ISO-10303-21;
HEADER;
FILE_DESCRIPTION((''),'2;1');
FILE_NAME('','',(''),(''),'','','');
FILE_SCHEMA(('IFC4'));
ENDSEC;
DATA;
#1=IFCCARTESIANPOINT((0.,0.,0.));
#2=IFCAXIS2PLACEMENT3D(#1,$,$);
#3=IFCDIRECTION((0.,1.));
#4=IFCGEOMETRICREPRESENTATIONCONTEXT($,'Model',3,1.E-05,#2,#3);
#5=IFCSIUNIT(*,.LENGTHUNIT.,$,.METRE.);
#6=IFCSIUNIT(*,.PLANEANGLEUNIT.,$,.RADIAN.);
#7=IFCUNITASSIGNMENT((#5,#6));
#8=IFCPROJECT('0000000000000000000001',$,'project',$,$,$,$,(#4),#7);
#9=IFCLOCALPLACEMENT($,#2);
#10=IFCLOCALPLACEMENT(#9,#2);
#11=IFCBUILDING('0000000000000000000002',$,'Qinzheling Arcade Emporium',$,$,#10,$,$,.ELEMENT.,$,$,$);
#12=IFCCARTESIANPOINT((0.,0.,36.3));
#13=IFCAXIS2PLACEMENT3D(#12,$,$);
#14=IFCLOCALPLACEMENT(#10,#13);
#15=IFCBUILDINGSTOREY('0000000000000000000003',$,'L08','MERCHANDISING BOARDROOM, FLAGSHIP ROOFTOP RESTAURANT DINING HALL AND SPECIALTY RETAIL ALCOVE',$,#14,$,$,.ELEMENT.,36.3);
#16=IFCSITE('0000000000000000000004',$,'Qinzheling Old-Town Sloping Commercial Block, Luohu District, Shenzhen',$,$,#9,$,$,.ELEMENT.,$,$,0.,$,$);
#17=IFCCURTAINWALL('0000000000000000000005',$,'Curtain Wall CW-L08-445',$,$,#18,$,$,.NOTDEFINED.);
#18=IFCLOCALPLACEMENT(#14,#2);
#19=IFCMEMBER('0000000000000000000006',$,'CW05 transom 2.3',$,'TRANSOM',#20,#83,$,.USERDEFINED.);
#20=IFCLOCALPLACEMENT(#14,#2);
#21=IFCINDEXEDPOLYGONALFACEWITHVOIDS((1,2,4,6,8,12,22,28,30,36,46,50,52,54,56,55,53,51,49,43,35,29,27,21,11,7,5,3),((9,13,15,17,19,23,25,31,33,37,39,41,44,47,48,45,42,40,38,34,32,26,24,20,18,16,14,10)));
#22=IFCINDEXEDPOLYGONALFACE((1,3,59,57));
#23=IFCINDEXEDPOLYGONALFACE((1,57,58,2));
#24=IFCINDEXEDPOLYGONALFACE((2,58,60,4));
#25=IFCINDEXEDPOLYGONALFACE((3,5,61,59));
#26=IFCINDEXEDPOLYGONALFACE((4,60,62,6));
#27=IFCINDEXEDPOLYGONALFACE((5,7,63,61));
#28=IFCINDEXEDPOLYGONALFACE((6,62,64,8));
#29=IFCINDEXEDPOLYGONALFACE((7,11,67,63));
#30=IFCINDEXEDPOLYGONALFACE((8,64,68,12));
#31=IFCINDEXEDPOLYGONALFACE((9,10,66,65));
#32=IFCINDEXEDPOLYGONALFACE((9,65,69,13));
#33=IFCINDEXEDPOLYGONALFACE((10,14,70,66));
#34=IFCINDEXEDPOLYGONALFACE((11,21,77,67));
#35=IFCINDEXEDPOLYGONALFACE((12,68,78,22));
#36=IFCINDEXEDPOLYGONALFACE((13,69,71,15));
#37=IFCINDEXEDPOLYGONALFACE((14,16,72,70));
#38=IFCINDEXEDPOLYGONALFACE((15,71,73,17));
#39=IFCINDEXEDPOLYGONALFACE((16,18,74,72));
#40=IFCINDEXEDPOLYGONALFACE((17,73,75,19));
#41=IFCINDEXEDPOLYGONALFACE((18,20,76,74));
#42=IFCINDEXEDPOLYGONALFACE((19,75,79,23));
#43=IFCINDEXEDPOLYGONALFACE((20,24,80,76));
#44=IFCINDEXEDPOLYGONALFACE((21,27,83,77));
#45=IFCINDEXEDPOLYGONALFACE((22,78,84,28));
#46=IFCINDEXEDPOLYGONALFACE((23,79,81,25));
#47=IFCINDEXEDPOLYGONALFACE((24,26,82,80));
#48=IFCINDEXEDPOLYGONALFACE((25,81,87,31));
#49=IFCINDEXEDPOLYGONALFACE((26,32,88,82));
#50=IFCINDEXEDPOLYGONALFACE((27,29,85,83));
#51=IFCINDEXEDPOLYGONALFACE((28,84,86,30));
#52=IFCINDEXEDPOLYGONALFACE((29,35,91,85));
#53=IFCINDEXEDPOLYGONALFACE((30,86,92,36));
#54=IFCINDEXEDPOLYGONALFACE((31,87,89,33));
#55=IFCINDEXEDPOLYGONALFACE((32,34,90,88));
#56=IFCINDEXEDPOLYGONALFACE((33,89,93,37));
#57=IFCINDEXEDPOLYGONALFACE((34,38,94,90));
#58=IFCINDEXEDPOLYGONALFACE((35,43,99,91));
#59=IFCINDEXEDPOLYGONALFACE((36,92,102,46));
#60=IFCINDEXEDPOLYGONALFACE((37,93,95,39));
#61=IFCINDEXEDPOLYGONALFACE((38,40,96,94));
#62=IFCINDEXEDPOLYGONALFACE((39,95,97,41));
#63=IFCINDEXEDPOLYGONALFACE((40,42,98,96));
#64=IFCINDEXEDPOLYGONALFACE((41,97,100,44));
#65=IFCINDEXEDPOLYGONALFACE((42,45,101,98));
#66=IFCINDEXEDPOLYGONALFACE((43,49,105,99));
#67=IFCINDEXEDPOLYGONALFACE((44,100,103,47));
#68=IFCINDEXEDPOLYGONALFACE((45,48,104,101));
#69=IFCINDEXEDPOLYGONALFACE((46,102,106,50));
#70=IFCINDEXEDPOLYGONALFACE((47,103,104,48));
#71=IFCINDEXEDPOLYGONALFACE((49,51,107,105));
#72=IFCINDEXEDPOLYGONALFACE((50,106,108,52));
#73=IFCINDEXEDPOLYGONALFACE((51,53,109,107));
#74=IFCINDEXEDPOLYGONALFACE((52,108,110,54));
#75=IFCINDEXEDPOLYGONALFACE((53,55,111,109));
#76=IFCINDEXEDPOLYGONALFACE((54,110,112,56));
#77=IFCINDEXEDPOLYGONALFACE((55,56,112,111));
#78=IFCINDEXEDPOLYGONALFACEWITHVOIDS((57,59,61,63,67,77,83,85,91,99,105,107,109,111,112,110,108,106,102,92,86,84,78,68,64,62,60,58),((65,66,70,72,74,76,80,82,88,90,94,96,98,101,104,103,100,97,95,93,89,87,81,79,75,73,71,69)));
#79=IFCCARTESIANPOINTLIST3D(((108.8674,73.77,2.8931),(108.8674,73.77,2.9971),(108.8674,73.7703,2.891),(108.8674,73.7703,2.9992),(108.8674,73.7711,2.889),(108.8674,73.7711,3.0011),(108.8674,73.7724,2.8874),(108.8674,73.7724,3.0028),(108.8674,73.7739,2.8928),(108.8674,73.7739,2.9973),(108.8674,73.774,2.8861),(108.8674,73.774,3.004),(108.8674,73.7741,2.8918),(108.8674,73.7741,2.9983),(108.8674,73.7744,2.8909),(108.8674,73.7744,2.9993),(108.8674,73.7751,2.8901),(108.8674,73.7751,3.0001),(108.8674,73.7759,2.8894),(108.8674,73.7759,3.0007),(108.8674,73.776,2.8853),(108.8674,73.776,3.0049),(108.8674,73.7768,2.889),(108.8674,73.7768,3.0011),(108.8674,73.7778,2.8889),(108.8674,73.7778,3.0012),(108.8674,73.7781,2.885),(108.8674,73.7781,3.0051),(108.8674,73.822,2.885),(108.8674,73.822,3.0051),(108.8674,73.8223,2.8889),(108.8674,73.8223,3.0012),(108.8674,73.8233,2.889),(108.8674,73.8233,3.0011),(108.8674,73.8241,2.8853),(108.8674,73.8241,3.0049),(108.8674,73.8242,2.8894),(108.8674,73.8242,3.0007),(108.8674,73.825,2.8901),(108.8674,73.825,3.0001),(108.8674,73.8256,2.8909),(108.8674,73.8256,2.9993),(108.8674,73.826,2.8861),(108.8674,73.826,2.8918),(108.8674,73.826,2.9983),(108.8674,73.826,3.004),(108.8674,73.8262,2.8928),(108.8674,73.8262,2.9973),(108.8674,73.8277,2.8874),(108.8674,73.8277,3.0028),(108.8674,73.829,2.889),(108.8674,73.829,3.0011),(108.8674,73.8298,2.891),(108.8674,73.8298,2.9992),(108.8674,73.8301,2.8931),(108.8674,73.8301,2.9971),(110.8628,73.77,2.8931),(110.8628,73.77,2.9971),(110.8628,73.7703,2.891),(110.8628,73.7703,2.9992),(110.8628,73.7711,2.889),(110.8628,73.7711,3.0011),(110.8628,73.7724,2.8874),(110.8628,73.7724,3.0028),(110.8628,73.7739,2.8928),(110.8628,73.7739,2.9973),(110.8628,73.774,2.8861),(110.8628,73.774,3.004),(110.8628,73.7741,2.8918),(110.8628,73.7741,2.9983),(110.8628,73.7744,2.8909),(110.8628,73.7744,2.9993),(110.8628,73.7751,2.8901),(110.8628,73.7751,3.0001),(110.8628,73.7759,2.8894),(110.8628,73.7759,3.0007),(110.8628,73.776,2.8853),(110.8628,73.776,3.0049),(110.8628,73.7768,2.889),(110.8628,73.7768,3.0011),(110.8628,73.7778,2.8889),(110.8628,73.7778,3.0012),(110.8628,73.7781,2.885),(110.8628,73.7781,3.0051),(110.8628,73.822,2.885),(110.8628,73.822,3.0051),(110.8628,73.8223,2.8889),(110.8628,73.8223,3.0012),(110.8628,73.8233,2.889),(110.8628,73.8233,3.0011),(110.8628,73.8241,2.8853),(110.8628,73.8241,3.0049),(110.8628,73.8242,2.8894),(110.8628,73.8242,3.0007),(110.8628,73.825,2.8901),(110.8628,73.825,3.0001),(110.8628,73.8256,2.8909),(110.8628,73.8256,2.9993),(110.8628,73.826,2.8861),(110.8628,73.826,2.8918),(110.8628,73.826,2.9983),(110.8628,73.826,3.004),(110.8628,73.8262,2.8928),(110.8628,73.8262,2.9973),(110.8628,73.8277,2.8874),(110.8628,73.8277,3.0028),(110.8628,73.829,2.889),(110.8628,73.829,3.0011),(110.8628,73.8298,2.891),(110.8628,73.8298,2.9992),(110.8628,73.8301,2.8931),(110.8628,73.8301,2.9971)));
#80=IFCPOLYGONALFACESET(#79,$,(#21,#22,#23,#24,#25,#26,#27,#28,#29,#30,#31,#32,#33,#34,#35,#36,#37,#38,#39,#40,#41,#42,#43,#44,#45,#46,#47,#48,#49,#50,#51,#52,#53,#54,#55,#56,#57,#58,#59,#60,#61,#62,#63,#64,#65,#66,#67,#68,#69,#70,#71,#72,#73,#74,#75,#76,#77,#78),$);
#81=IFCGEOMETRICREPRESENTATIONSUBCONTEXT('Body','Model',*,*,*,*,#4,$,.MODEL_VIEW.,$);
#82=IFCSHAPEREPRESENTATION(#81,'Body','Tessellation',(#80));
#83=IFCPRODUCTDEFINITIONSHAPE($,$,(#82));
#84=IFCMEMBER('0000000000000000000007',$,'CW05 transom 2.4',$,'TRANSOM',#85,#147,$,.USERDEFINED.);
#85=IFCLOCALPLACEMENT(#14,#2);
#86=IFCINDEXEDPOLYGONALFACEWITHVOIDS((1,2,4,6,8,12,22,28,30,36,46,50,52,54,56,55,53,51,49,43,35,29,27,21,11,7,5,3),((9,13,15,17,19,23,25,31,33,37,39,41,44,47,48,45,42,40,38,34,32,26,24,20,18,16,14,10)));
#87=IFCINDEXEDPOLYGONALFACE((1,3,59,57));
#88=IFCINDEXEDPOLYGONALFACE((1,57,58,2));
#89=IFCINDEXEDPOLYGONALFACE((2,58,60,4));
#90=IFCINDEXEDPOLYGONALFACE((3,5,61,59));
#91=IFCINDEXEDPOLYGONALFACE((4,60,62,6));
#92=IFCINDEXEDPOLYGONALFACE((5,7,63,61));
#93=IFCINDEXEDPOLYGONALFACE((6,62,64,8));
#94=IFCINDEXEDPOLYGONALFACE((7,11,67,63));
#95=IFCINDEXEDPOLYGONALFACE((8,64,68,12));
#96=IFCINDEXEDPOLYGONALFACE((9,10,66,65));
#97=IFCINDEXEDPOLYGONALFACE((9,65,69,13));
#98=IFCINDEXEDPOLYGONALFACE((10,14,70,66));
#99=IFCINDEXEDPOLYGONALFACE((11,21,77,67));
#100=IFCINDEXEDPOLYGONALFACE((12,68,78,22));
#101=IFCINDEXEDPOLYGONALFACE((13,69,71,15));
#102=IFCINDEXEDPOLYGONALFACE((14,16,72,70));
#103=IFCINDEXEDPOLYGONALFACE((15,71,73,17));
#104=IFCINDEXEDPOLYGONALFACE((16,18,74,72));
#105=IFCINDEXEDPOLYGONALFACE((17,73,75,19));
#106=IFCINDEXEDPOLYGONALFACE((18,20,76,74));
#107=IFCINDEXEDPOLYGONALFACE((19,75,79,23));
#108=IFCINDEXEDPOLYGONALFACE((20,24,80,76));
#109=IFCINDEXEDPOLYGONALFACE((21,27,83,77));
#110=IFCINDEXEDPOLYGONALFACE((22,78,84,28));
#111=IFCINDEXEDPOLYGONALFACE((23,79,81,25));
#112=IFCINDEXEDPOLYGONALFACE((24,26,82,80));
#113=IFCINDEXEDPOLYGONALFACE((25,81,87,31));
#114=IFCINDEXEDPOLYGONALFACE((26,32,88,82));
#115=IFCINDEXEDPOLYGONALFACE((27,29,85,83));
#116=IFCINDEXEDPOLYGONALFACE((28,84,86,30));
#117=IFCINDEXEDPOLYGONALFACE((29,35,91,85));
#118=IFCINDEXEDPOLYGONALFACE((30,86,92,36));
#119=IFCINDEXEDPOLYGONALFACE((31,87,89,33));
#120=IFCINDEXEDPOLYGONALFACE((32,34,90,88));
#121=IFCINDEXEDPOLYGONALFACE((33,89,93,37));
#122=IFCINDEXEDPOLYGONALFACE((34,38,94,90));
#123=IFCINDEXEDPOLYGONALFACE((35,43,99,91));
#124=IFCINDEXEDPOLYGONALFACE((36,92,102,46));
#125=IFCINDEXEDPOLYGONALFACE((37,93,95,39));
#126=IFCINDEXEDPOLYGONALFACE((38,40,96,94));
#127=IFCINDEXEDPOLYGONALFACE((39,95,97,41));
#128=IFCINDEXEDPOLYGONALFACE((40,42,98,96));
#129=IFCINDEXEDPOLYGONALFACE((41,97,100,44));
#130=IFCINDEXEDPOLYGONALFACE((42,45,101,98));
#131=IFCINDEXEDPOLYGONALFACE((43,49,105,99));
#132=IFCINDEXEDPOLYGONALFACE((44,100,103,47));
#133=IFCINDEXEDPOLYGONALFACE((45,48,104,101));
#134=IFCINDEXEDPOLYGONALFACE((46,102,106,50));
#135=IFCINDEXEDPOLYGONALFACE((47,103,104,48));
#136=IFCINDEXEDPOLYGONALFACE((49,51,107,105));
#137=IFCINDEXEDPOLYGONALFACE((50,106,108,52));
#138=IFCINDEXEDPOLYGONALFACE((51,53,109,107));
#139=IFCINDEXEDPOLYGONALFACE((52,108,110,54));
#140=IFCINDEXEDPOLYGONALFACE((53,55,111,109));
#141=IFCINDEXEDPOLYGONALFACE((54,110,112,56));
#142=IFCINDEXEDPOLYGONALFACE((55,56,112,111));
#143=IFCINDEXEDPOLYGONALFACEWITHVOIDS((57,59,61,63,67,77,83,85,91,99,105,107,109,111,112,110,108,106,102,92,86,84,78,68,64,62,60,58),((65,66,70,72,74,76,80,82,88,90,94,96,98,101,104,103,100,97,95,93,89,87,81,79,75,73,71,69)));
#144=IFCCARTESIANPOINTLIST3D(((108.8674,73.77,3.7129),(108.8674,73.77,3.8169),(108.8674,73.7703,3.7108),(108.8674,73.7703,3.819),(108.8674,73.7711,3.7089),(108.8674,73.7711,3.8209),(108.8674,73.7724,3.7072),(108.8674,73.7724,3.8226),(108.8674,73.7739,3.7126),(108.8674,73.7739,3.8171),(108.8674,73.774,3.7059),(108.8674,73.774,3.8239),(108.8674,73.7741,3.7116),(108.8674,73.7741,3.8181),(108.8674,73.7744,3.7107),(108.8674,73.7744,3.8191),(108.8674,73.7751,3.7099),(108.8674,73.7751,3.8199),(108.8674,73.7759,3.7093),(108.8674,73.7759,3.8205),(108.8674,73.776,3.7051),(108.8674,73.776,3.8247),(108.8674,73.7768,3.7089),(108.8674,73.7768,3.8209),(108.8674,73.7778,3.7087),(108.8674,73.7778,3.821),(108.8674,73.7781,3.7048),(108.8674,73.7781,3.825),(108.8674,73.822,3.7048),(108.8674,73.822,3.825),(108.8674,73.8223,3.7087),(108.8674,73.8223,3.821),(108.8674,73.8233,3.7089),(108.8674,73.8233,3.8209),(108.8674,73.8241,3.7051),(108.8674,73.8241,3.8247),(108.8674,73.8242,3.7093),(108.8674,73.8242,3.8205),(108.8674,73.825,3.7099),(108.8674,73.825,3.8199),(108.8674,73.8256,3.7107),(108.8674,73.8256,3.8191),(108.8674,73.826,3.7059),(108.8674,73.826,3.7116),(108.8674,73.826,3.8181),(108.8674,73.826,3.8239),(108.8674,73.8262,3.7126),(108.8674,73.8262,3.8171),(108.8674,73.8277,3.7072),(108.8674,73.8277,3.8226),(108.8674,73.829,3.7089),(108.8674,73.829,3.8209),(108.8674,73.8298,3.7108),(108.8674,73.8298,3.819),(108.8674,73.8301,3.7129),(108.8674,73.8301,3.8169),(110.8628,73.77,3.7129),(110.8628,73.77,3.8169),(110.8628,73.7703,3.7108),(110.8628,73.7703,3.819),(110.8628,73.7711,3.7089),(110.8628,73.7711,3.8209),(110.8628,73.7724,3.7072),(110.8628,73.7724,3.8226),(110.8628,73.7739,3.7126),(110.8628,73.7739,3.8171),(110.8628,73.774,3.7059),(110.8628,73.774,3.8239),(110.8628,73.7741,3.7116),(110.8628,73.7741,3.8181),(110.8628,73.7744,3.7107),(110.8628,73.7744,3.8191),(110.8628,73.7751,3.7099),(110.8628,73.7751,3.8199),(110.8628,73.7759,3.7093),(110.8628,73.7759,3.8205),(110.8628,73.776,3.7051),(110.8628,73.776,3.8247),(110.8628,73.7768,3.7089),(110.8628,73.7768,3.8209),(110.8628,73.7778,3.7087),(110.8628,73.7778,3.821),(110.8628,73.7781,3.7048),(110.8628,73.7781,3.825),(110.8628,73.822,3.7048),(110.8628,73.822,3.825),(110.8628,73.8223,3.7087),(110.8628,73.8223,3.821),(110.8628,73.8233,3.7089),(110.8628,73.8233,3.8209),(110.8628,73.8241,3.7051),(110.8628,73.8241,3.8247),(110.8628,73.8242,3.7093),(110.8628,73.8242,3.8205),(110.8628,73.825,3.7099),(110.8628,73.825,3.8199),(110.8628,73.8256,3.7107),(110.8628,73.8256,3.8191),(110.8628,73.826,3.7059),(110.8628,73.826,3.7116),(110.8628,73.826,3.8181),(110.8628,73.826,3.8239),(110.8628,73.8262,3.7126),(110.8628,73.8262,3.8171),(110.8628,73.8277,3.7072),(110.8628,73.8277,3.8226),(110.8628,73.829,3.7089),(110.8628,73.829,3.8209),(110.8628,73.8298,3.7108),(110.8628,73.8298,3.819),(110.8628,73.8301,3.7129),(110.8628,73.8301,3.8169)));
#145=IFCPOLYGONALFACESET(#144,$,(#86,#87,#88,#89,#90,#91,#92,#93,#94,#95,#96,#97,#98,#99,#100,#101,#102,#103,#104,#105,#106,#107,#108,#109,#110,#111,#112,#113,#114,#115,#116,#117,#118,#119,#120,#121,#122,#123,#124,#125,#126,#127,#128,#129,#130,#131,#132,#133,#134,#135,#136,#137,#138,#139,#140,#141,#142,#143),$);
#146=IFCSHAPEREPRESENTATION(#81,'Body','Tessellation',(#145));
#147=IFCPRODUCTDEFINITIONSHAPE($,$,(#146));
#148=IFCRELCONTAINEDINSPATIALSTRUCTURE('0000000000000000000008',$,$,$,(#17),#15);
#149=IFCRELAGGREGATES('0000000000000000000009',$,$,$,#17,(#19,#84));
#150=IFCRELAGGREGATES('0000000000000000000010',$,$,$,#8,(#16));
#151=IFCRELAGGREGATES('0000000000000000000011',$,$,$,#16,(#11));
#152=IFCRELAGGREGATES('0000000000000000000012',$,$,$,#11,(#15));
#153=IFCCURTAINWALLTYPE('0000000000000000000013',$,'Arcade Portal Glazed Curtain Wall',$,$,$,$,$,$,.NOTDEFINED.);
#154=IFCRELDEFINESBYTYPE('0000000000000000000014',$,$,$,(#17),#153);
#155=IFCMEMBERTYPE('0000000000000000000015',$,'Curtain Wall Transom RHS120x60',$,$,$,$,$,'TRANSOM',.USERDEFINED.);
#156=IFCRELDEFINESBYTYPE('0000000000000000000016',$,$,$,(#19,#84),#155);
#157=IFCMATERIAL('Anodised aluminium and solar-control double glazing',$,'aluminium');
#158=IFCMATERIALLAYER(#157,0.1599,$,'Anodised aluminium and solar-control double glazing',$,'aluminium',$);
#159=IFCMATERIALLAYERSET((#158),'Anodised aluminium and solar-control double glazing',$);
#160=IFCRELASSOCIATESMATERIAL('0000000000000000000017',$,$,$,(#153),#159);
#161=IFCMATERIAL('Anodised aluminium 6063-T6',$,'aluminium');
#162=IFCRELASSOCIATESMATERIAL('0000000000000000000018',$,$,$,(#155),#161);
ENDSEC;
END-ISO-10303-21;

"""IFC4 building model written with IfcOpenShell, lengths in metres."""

from ifc_helpers import new_model, si_unit, direction, frame, origin, origin_2d, place, context, subcontext, project, spatial, hollow_rectangle, extrude, material, layer, layer_set, material_profile, profile_set, type_object, element, aggregate, save


model = new_model("IFC4")

# Units and contexts
model_context = context("Model", 3, precision=1e-05, world=origin(), true_north=direction((0.0, 1.0)))
body_context = subcontext(model_context, "Body", "Model", "MODEL_VIEW")
ifc_project = project(units=[si_unit("LENGTHUNIT", "METRE"), si_unit("PLANEANGLEUNIT", "RADIAN")], contexts=[model_context])

# Site, building, storey
site_placement = place(None, origin())
site = spatial("IfcSite", under=ifc_project, at=site_placement, Name="Qinzheling Old-Town Sloping Commercial Block, Luohu District, Shenzhen", CompositionType="ELEMENT", RefElevation=0.0)
building_placement = place(site_placement, origin())
building = spatial("IfcBuilding", under=site, at=building_placement, Name="Qinzheling Arcade Emporium", CompositionType="ELEMENT")
storey_placement = place(building_placement, frame((0.0, 0.0, 36.3)))
storey = spatial("IfcBuildingStorey", under=building, at=storey_placement, Name="L08", Description="MERCHANDISING BOARDROOM, FLAGSHIP ROOFTOP RESTAURANT DINING HALL AND SPECIALTY RETAIL ALCOVE", CompositionType="ELEMENT", Elevation=36.3)

# Curtain wall, members
ifc_material_1 = material(Name="Anodised aluminium and solar-control double glazing", Category="aluminium")
ifc_layer_1 = layer(ifc_material_1, 0.1599, Name="Anodised aluminium and solar-control double glazing", Category="aluminium")
ifc_layer_set_1 = layer_set([ifc_layer_1], Name="Anodised aluminium and solar-control double glazing")
curtain_wall_type = type_object("IfcCurtainWallType", Name="Arcade Portal Glazed Curtain Wall", PredefinedType="NOTDEFINED", material=ifc_layer_set_1)
curtain_wall_placement = place(storey_placement, origin())
curtain_wall = element("IfcCurtainWall", 1, at=curtain_wall_placement, inside=storey, type_object=curtain_wall_type, Name="Curtain Wall CW-L08-445", PredefinedType="NOTDEFINED")
ifc_material_2 = material(Name="Anodised aluminium 6063-T6", Category="aluminium")
ifc_material_profile_1 = material_profile(ifc_material_2, hollow_rectangle(XDim=0.0601, YDim=0.1201, WallThickness=0.0039, InnerFilletRadius=0.0039, OuterFilletRadius=0.0081, at=origin_2d()), Name="RHS 120x60x4", Category="aluminium")
ifc_profile_set_1 = profile_set([ifc_material_profile_1], Name="Anodised aluminium 6063-T6")
member_type_1 = type_object("IfcMemberType", Name="Curtain Wall Transom RHS120x60", ElementType="TRANSOM", PredefinedType="USERDEFINED", material=ifc_profile_set_1)
member_1_placement = place(storey_placement, frame((110.8628, 73.8, 2.9451), z_axis=(-1.0, 0.0, 0.0), x_axis=(0.0, -1.0, 0.0)))
member_1 = element("IfcMember", 2, at=member_1_placement, type_object=member_type_1, Name="CW05 transom 2.3", ObjectType="TRANSOM", PredefinedType="USERDEFINED", context=body_context, shape_type="SweptSolid", body=[
    extrude(hollow_rectangle(XDim=0.0601, YDim=0.1201, WallThickness=0.0039, InnerFilletRadius=0.0039, OuterFilletRadius=0.0081, at=origin_2d()), origin(), (0.0, 0.0, 1.0), 1.9954),
])
member_2_placement = place(storey_placement, frame((110.8628, 73.8, 3.7649), z_axis=(-1.0, 0.0, 0.0), x_axis=(0.0, -1.0, 0.0)))
member_2 = element("IfcMember", 3, at=member_2_placement, type_object=member_type_1, Name="CW05 transom 2.4", ObjectType="TRANSOM", PredefinedType="USERDEFINED", context=body_context, shape_type="SweptSolid", body=[
    extrude(hollow_rectangle(XDim=0.0601, YDim=0.1201, WallThickness=0.0039, InnerFilletRadius=0.0039, OuterFilletRadius=0.0081, at=origin_2d()), origin(), (0.0, 0.0, 1.0), 1.9954),
])

aggregate(curtain_wall, [member_1, member_2])

save(model, "model.ifc")
